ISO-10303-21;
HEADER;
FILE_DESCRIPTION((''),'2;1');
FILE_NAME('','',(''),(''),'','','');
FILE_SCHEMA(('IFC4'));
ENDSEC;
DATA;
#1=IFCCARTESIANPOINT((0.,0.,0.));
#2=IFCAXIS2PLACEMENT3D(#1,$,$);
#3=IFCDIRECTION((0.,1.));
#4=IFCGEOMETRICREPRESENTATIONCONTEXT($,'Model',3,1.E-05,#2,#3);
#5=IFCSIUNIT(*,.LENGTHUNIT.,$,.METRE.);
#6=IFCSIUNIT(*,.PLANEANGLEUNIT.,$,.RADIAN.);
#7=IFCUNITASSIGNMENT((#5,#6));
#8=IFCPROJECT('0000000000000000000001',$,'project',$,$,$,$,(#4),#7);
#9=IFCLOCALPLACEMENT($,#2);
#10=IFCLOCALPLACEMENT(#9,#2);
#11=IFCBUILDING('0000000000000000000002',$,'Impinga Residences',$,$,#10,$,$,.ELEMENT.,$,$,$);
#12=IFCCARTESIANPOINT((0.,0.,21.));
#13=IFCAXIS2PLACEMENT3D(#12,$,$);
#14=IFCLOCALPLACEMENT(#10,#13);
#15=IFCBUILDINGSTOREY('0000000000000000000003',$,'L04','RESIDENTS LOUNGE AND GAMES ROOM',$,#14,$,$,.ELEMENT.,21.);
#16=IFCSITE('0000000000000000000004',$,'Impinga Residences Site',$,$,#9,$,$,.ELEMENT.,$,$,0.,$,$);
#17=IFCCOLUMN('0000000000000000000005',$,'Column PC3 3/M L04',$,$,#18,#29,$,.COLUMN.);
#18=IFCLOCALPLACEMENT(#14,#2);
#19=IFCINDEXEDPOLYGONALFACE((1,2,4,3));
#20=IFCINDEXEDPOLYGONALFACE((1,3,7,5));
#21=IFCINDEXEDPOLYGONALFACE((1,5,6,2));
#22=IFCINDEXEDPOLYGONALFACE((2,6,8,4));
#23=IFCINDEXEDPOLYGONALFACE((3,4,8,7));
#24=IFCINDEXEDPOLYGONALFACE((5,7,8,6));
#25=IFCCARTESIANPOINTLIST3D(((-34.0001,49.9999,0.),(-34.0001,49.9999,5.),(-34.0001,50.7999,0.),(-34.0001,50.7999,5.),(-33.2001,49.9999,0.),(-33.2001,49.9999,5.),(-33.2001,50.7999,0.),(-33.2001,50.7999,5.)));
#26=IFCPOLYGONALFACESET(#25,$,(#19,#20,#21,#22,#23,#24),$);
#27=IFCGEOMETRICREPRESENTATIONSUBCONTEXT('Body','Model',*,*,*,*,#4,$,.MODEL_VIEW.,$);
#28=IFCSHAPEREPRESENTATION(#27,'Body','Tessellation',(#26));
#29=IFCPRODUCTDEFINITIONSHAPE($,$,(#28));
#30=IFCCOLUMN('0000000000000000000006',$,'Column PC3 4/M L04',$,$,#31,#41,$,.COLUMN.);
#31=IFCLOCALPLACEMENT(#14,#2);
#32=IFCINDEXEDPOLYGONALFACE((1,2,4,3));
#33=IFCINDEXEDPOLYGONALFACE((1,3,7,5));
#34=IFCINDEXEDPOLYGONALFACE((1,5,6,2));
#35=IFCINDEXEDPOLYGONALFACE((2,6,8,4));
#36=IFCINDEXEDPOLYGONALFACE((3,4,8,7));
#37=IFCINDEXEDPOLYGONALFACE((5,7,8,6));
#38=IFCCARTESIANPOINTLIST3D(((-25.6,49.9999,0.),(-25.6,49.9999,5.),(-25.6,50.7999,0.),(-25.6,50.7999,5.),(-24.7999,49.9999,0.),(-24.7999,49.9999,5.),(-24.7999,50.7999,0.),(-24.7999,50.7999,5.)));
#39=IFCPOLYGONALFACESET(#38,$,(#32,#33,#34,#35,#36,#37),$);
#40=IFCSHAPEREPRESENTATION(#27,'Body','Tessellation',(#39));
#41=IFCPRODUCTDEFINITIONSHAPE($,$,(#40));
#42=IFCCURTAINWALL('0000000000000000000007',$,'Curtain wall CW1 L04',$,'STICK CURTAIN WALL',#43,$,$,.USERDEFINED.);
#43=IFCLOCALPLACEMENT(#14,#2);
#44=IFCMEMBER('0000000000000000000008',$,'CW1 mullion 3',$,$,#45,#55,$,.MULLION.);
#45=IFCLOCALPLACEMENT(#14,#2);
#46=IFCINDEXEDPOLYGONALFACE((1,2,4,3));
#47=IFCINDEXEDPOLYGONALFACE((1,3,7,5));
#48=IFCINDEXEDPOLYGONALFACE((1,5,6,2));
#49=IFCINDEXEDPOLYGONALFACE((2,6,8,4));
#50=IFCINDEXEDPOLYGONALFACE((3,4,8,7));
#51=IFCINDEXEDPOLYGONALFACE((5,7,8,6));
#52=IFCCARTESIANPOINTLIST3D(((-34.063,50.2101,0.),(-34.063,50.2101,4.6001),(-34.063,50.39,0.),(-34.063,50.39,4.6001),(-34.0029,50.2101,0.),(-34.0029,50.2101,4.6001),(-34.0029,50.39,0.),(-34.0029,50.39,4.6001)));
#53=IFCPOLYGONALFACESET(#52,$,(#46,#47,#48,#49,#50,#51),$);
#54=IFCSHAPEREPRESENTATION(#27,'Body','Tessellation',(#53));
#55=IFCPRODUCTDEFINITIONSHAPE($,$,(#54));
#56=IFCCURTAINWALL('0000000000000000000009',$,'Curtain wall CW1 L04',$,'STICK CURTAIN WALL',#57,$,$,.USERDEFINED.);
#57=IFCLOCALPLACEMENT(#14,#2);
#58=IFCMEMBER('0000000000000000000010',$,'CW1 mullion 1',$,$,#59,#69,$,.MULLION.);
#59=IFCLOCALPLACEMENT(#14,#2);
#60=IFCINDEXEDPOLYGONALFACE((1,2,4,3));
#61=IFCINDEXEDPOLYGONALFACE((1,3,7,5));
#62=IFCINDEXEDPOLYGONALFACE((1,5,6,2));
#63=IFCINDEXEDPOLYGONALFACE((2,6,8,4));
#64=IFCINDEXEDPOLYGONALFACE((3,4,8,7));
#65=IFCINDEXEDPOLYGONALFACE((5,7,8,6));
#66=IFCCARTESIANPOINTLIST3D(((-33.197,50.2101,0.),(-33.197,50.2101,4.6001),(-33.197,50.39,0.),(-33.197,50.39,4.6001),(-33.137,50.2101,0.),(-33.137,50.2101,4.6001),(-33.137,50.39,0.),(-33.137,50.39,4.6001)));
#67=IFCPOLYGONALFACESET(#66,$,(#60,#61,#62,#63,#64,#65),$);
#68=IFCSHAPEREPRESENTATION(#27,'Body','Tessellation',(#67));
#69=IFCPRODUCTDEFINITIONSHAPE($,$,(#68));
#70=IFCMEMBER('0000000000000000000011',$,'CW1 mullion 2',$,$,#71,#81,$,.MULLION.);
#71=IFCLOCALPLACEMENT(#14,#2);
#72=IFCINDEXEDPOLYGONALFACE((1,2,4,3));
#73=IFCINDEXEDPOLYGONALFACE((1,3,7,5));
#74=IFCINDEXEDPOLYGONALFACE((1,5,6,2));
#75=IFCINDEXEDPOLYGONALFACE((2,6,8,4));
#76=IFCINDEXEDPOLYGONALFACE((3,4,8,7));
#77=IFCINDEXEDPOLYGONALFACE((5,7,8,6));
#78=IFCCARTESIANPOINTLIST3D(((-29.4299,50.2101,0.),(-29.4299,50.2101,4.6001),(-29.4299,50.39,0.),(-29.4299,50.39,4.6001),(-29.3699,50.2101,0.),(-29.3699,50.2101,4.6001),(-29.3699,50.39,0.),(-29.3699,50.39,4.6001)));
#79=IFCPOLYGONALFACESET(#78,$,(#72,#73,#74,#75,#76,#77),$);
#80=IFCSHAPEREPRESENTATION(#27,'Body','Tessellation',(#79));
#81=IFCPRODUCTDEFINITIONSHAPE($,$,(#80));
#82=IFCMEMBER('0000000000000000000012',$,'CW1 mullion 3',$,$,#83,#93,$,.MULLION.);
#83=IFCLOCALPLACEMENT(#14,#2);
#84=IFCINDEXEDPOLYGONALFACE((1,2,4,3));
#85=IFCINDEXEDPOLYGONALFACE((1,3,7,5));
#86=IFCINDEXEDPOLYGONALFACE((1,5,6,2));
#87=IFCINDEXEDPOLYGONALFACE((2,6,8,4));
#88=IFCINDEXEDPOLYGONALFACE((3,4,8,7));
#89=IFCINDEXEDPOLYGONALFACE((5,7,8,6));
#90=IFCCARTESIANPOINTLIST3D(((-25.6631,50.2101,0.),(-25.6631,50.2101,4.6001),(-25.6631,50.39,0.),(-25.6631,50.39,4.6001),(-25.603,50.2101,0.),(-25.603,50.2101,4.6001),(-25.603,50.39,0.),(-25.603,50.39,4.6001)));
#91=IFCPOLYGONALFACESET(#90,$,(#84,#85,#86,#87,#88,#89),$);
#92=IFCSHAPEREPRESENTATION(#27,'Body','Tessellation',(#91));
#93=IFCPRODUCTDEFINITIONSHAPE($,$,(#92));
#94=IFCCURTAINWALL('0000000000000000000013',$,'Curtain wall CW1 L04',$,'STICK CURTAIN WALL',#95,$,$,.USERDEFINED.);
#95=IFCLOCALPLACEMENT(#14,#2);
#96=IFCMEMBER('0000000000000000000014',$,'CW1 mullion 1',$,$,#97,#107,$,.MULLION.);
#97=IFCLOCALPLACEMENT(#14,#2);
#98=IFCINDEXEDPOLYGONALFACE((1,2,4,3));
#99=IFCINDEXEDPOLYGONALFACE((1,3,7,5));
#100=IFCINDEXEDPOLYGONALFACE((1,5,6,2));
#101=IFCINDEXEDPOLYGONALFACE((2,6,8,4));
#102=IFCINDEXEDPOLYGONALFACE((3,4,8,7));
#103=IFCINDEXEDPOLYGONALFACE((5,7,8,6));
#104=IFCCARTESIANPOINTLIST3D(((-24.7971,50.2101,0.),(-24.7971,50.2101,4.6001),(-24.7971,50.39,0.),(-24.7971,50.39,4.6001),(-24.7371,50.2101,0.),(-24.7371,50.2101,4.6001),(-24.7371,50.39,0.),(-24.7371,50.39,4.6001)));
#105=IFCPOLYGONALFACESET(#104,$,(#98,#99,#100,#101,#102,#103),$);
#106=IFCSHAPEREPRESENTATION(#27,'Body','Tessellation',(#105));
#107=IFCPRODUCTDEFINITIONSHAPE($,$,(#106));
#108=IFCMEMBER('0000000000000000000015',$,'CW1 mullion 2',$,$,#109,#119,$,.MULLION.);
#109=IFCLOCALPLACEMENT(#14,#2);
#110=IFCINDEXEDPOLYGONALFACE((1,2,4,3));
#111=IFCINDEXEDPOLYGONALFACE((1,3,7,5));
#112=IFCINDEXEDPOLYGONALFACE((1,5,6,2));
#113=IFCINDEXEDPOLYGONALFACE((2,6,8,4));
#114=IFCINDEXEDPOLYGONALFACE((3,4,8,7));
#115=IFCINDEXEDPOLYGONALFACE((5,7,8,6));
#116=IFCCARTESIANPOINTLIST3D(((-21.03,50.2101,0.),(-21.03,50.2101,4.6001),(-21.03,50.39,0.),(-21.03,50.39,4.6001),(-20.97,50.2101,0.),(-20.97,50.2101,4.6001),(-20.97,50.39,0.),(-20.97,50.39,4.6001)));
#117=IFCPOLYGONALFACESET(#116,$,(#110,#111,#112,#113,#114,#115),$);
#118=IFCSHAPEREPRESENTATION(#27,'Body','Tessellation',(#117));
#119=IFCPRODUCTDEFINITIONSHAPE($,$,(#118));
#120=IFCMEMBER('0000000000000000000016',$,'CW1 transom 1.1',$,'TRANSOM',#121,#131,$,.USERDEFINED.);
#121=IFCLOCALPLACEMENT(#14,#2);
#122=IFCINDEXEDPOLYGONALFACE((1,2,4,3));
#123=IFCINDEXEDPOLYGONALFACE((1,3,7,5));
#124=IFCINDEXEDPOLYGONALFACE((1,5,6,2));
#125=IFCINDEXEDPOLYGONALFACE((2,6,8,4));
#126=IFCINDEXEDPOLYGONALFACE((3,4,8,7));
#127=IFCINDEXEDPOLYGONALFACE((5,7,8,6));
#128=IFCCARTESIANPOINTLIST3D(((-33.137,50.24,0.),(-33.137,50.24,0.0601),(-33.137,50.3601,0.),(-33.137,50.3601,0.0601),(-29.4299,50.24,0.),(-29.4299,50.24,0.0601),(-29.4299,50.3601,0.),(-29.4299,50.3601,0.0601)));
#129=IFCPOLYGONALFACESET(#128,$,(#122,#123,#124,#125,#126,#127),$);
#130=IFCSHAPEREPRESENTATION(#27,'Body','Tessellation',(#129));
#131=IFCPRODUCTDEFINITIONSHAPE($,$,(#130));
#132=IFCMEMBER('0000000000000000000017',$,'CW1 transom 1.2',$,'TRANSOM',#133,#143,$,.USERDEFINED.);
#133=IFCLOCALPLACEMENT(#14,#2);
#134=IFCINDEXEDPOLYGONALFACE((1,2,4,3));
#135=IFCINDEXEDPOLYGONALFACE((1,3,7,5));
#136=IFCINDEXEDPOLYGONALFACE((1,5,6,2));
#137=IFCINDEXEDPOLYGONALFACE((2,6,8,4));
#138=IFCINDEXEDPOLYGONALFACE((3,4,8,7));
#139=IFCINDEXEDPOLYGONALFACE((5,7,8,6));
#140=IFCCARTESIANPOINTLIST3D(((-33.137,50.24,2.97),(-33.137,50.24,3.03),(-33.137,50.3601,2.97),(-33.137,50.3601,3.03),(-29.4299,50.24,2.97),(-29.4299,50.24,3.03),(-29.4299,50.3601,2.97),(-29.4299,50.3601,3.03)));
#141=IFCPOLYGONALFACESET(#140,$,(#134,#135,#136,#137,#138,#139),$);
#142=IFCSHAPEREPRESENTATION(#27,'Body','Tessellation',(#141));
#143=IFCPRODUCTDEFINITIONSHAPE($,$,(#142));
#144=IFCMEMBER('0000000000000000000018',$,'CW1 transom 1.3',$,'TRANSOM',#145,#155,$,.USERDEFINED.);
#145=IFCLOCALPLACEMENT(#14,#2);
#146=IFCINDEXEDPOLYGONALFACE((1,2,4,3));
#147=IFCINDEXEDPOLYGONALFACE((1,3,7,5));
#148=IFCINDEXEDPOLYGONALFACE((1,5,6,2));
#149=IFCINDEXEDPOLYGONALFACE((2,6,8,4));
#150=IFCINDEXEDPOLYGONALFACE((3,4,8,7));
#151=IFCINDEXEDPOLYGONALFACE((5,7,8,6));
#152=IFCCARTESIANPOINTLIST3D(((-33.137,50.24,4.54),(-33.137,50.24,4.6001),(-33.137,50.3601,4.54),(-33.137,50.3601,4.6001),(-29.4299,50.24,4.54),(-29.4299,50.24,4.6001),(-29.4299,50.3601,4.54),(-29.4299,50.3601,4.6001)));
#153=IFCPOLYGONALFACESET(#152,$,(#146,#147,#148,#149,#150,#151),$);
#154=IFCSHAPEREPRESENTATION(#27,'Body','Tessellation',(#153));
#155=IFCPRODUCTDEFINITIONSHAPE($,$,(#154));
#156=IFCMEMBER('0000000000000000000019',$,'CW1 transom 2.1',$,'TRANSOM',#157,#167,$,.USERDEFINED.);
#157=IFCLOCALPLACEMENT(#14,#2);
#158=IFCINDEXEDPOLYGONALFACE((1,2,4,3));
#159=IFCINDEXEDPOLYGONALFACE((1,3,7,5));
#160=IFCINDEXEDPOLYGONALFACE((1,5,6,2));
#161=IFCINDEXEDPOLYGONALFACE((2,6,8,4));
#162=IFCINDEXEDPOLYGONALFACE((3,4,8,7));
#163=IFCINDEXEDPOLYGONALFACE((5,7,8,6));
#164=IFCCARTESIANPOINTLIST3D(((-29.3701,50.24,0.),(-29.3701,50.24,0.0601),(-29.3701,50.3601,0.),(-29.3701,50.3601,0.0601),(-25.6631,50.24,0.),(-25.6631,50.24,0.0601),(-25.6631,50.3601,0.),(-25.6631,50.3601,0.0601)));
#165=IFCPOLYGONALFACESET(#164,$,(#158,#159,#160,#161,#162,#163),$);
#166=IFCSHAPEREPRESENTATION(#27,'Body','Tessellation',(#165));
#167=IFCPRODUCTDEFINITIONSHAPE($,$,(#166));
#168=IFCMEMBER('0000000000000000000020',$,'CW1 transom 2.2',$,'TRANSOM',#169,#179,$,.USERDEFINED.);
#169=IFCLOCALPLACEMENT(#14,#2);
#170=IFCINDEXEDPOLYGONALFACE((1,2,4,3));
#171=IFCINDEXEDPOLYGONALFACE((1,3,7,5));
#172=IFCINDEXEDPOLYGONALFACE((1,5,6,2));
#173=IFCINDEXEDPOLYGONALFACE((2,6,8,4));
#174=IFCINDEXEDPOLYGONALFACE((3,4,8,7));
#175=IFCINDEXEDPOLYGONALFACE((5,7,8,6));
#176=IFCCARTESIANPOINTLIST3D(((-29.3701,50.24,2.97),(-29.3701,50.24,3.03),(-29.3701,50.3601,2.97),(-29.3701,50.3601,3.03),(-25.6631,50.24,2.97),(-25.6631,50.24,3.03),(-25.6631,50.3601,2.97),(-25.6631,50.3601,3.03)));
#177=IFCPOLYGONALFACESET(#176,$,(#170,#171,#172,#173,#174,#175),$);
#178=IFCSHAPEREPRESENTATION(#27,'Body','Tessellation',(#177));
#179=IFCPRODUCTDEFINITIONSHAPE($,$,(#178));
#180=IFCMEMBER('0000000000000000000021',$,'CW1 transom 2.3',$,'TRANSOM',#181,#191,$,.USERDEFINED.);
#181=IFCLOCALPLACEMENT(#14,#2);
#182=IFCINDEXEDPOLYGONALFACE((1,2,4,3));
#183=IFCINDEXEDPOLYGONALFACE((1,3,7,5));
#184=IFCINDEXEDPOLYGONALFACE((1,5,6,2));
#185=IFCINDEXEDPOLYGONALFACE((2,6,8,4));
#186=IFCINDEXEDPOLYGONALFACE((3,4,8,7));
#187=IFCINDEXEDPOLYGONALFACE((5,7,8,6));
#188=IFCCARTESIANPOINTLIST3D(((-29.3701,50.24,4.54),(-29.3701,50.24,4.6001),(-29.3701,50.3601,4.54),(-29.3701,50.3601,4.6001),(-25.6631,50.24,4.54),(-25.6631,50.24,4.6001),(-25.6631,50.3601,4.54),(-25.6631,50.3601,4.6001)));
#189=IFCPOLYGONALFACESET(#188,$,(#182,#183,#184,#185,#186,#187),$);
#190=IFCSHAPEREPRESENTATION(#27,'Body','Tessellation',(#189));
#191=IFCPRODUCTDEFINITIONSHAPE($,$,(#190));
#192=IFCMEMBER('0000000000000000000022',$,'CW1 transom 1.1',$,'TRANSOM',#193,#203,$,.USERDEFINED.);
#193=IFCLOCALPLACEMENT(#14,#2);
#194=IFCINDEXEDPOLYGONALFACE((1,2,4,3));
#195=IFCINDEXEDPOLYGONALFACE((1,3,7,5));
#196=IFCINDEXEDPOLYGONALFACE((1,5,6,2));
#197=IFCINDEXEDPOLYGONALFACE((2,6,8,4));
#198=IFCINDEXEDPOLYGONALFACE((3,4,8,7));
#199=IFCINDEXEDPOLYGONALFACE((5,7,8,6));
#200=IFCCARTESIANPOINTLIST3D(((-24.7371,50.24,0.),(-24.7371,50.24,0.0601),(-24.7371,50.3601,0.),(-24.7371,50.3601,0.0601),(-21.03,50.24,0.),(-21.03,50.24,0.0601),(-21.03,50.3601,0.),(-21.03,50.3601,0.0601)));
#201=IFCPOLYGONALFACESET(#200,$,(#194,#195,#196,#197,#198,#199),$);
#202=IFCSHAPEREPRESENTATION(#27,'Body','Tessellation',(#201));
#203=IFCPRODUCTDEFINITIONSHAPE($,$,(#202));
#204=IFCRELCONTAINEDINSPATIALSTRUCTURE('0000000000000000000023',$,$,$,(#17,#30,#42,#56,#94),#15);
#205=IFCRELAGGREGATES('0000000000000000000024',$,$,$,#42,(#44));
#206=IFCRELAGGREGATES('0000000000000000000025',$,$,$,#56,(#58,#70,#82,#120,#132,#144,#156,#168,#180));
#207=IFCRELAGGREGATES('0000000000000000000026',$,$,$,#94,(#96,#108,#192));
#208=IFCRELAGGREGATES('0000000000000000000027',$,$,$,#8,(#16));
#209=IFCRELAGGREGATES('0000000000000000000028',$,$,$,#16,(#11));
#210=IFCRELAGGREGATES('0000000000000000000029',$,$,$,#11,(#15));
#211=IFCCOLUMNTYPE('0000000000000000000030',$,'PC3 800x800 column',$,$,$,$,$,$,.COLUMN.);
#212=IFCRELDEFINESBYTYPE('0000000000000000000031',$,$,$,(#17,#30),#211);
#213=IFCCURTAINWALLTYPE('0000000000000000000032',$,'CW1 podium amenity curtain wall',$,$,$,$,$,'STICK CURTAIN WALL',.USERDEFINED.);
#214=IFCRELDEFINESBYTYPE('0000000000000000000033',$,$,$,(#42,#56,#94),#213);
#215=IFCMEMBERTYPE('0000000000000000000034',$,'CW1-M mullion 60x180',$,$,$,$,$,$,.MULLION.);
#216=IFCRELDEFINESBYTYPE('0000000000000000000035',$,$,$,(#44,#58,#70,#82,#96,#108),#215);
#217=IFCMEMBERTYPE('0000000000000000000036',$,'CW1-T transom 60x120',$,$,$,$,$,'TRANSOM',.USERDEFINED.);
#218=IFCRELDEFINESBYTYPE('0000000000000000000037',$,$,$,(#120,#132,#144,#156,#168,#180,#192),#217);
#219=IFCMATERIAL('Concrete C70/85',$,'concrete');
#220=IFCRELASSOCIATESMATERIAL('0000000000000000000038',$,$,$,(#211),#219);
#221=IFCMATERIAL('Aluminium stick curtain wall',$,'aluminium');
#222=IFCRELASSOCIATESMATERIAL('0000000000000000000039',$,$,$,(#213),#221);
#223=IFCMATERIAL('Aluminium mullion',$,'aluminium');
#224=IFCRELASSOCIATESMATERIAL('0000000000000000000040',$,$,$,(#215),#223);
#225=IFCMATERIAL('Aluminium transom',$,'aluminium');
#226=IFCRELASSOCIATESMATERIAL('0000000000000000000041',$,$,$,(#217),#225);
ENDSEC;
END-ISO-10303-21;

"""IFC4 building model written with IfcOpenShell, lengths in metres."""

from ifc_helpers import new_model, si_unit, direction, frame, origin, origin_2d, place, context, subcontext, project, spatial, rectangle, extrude, material, material_profile, profile_set, type_object, element, aggregate, save


model = new_model("IFC4")

# Units and contexts
model_context = context("Model", 3, precision=1e-05, world=origin(), true_north=direction((0.0, 1.0)))
body_context = subcontext(model_context, "Body", "Model", "MODEL_VIEW")
ifc_project = project(units=[si_unit("LENGTHUNIT", "METRE"), si_unit("PLANEANGLEUNIT", "RADIAN")], contexts=[model_context])

# Site, building, storey
site_placement = place(None, origin())
site = spatial("IfcSite", under=ifc_project, at=site_placement, Name="Impinga Residences Site", CompositionType="ELEMENT", RefElevation=0.0)
building_placement = place(site_placement, origin())
building = spatial("IfcBuilding", under=site, at=building_placement, Name="Impinga Residences", CompositionType="ELEMENT")
storey_placement = place(building_placement, frame((0.0, 0.0, 21.0)))
storey = spatial("IfcBuildingStorey", under=building, at=storey_placement, Name="L04", Description="RESIDENTS LOUNGE AND GAMES ROOM", CompositionType="ELEMENT", Elevation=21.0)

# Columns
ifc_material_1 = material(Name="Concrete C70/85", Category="concrete")
ifc_material_profile_1 = material_profile(ifc_material_1, rectangle(XDim=0.8, YDim=0.8, at=origin_2d()), Name="RC 800x800")
ifc_profile_set_1 = profile_set([ifc_material_profile_1], Name="Concrete C70/85")
column_type = type_object("IfcColumnType", Name="PC3 800x800 column", PredefinedType="COLUMN", material=ifc_profile_set_1)
for number, where, z_axis, x_axis, name in (
    (1, (-33.6001, 50.3999, 0.0), (0.0, 0.0, 1.0), (1.0, 0.0, 0.0), "Column PC3 3/M L04"),
    (2, (-25.2, 50.3999, 0.0), (0.0, 0.0, 1.0), (1.0, 0.0, 0.0), "Column PC3 4/M L04"),
):
    element("IfcColumn", number, at=place(storey_placement, frame(where, z_axis=z_axis, x_axis=x_axis)), inside=storey, type_object=column_type, Name=name, PredefinedType="COLUMN", context=body_context, shape_type="SweptSolid", body=[
        extrude(rectangle(XDim=0.8, YDim=0.8, at=origin_2d()), origin(), (0.0, 0.0, 1.0), 5.0),
    ])

# Curtain wall, member
ifc_material_2 = material(Name="Aluminium stick curtain wall", Category="aluminium")
curtain_wall_type = type_object("IfcCurtainWallType", Name="CW1 podium amenity curtain wall", ElementType="STICK CURTAIN WALL", PredefinedType="USERDEFINED", material=ifc_material_2)
curtain_wall_1_placement = place(storey_placement, origin())
curtain_wall_1 = element("IfcCurtainWall", 3, at=curtain_wall_1_placement, inside=storey, type_object=curtain_wall_type, Name="Curtain wall CW1 L04", ObjectType="STICK CURTAIN WALL", PredefinedType="USERDEFINED")
ifc_material_3 = material(Name="Aluminium mullion", Category="aluminium")
ifc_material_profile_2 = material_profile(ifc_material_3, rectangle(XDim=0.0601, YDim=0.1799, at=origin_2d()), Name="60x180 mullion")
ifc_profile_set_2 = profile_set([ifc_material_profile_2], Name="Aluminium mullion")
member_type_1 = type_object("IfcMemberType", Name="CW1-M mullion 60x180", PredefinedType="MULLION", material=ifc_profile_set_2)
member_1_placement = place(storey_placement, frame((-34.033, 50.3, 0.0), z_axis=(0.0, 0.0, 1.0), x_axis=(1.0, 0.0, 0.0)))
member_1 = element("IfcMember", 4, at=member_1_placement, type_object=member_type_1, Name="CW1 mullion 3", PredefinedType="MULLION", context=body_context, shape_type="SweptSolid", body=[
    extrude(rectangle(XDim=0.0601, YDim=0.1799, at=origin_2d()), origin(), (0.0, 0.0, 1.0), 4.6001),
])

# Curtain walls, members
curtain_wall_2_placement = place(storey_placement, origin())
curtain_wall_2 = element("IfcCurtainWall", 5, at=curtain_wall_2_placement, inside=storey, type_object=curtain_wall_type, Name="Curtain wall CW1 L04", ObjectType="STICK CURTAIN WALL", PredefinedType="USERDEFINED")
member_2_placement = place(storey_placement, frame((-33.167, 50.3, 0.0), z_axis=(0.0, 0.0, 1.0), x_axis=(1.0, 0.0, 0.0)))
member_2 = element("IfcMember", 6, at=member_2_placement, type_object=member_type_1, Name="CW1 mullion 1", PredefinedType="MULLION", context=body_context, shape_type="SweptSolid", body=[
    extrude(rectangle(XDim=0.0601, YDim=0.1799, at=origin_2d()), origin(), (0.0, 0.0, 1.0), 4.6001),
])
member_3_placement = place(storey_placement, frame((-29.3999, 50.3, 0.0), z_axis=(0.0, 0.0, 1.0), x_axis=(1.0, 0.0, 0.0)))
member_3 = element("IfcMember", 7, at=member_3_placement, type_object=member_type_1, Name="CW1 mullion 2", PredefinedType="MULLION", context=body_context, shape_type="SweptSolid", body=[
    extrude(rectangle(XDim=0.0601, YDim=0.1799, at=origin_2d()), origin(), (0.0, 0.0, 1.0), 4.6001),
])
member_4_placement = place(storey_placement, frame((-25.6331, 50.3, 0.0), z_axis=(0.0, 0.0, 1.0), x_axis=(1.0, 0.0, 0.0)))
member_4 = element("IfcMember", 8, at=member_4_placement, type_object=member_type_1, Name="CW1 mullion 3", PredefinedType="MULLION", context=body_context, shape_type="SweptSolid", body=[
    extrude(rectangle(XDim=0.0601, YDim=0.1799, at=origin_2d()), origin(), (0.0, 0.0, 1.0), 4.6001),
])
curtain_wall_3_placement = place(storey_placement, origin())
curtain_wall_3 = element("IfcCurtainWall", 9, at=curtain_wall_3_placement, inside=storey, type_object=curtain_wall_type, Name="Curtain wall CW1 L04", ObjectType="STICK CURTAIN WALL", PredefinedType="USERDEFINED")
member_5_placement = place(storey_placement, frame((-24.7671, 50.3, 0.0), z_axis=(0.0, 0.0, 1.0), x_axis=(1.0, 0.0, 0.0)))
member_5 = element("IfcMember", 10, at=member_5_placement, type_object=member_type_1, Name="CW1 mullion 1", PredefinedType="MULLION", context=body_context, shape_type="SweptSolid", body=[
    extrude(rectangle(XDim=0.0601, YDim=0.1799, at=origin_2d()), origin(), (0.0, 0.0, 1.0), 4.6001),
])
member_6_placement = place(storey_placement, frame((-21.0, 50.3, 0.0), z_axis=(0.0, 0.0, 1.0), x_axis=(1.0, 0.0, 0.0)))
member_6 = element("IfcMember", 11, at=member_6_placement, type_object=member_type_1, Name="CW1 mullion 2", PredefinedType="MULLION", context=body_context, shape_type="SweptSolid", body=[
    extrude(rectangle(XDim=0.0601, YDim=0.1799, at=origin_2d()), origin(), (0.0, 0.0, 1.0), 4.6001),
])

# Members
ifc_material_4 = material(Name="Aluminium transom", Category="aluminium")
ifc_material_profile_3 = material_profile(ifc_material_4, rectangle(XDim=0.0601, YDim=0.1201, at=origin_2d()), Name="60x120 transom")
ifc_profile_set_3 = profile_set([ifc_material_profile_3], Name="Aluminium transom")
member_type_2 = type_object("IfcMemberType", Name="CW1-T transom 60x120", ElementType="TRANSOM", PredefinedType="USERDEFINED", material=ifc_profile_set_3)
member_7_placement = place(storey_placement, frame((-33.137, 50.3, 0.03), z_axis=(1.0, 0.0, 0.0), x_axis=(0.0, 0.0, 1.0)))
member_7 = element("IfcMember", 12, at=member_7_placement, type_object=member_type_2, Name="CW1 transom 1.1", ObjectType="TRANSOM", PredefinedType="USERDEFINED", context=body_context, shape_type="SweptSolid", body=[
    extrude(rectangle(XDim=0.0601, YDim=0.1201, at=origin_2d()), origin(), (0.0, 0.0, 1.0), 3.707),
])
member_8_placement = place(storey_placement, frame((-33.137, 50.3, 3.0), z_axis=(1.0, 0.0, 0.0), x_axis=(0.0, 0.0, 1.0)))
member_8 = element("IfcMember", 13, at=member_8_placement, type_object=member_type_2, Name="CW1 transom 1.2", ObjectType="TRANSOM", PredefinedType="USERDEFINED", context=body_context, shape_type="SweptSolid", body=[
    extrude(rectangle(XDim=0.0601, YDim=0.1201, at=origin_2d()), origin(), (0.0, 0.0, 1.0), 3.707),
])
member_9_placement = place(storey_placement, frame((-33.137, 50.3, 4.5701), z_axis=(1.0, 0.0, 0.0), x_axis=(0.0, 0.0, 1.0)))
member_9 = element("IfcMember", 14, at=member_9_placement, type_object=member_type_2, Name="CW1 transom 1.3", ObjectType="TRANSOM", PredefinedType="USERDEFINED", context=body_context, shape_type="SweptSolid", body=[
    extrude(rectangle(XDim=0.0601, YDim=0.1201, at=origin_2d()), origin(), (0.0, 0.0, 1.0), 3.707),
])
member_10_placement = place(storey_placement, frame((-29.3701, 50.3, 0.03), z_axis=(1.0, 0.0, 0.0), x_axis=(0.0, 0.0, 1.0)))
member_10 = element("IfcMember", 15, at=member_10_placement, type_object=member_type_2, Name="CW1 transom 2.1", ObjectType="TRANSOM", PredefinedType="USERDEFINED", context=body_context, shape_type="SweptSolid", body=[
    extrude(rectangle(XDim=0.0601, YDim=0.1201, at=origin_2d()), origin(), (0.0, 0.0, 1.0), 3.707),
])
member_11_placement = place(storey_placement, frame((-29.3701, 50.3, 3.0), z_axis=(1.0, 0.0, 0.0), x_axis=(0.0, 0.0, 1.0)))
member_11 = element("IfcMember", 16, at=member_11_placement, type_object=member_type_2, Name="CW1 transom 2.2", ObjectType="TRANSOM", PredefinedType="USERDEFINED", context=body_context, shape_type="SweptSolid", body=[
    extrude(rectangle(XDim=0.0601, YDim=0.1201, at=origin_2d()), origin(), (0.0, 0.0, 1.0), 3.707),
])
member_12_placement = place(storey_placement, frame((-29.3701, 50.3, 4.5701), z_axis=(1.0, 0.0, 0.0), x_axis=(0.0, 0.0, 1.0)))
member_12 = element("IfcMember", 17, at=member_12_placement, type_object=member_type_2, Name="CW1 transom 2.3", ObjectType="TRANSOM", PredefinedType="USERDEFINED", context=body_context, shape_type="SweptSolid", body=[
    extrude(rectangle(XDim=0.0601, YDim=0.1201, at=origin_2d()), origin(), (0.0, 0.0, 1.0), 3.707),
])
member_13_placement = place(storey_placement, frame((-24.7371, 50.3, 0.03), z_axis=(1.0, 0.0, 0.0), x_axis=(0.0, 0.0, 1.0)))
member_13 = element("IfcMember", 18, at=member_13_placement, type_object=member_type_2, Name="CW1 transom 1.1", ObjectType="TRANSOM", PredefinedType="USERDEFINED", context=body_context, shape_type="SweptSolid", body=[
    extrude(rectangle(XDim=0.0601, YDim=0.1201, at=origin_2d()), origin(), (0.0, 0.0, 1.0), 3.707),
])

aggregate(curtain_wall_1, [member_1])
aggregate(curtain_wall_2, [member_2, member_3, member_4, member_7, member_8, member_9, member_10, member_11, member_12])
aggregate(curtain_wall_3, [member_5, member_6, member_13])

save(model, "model.ifc")
